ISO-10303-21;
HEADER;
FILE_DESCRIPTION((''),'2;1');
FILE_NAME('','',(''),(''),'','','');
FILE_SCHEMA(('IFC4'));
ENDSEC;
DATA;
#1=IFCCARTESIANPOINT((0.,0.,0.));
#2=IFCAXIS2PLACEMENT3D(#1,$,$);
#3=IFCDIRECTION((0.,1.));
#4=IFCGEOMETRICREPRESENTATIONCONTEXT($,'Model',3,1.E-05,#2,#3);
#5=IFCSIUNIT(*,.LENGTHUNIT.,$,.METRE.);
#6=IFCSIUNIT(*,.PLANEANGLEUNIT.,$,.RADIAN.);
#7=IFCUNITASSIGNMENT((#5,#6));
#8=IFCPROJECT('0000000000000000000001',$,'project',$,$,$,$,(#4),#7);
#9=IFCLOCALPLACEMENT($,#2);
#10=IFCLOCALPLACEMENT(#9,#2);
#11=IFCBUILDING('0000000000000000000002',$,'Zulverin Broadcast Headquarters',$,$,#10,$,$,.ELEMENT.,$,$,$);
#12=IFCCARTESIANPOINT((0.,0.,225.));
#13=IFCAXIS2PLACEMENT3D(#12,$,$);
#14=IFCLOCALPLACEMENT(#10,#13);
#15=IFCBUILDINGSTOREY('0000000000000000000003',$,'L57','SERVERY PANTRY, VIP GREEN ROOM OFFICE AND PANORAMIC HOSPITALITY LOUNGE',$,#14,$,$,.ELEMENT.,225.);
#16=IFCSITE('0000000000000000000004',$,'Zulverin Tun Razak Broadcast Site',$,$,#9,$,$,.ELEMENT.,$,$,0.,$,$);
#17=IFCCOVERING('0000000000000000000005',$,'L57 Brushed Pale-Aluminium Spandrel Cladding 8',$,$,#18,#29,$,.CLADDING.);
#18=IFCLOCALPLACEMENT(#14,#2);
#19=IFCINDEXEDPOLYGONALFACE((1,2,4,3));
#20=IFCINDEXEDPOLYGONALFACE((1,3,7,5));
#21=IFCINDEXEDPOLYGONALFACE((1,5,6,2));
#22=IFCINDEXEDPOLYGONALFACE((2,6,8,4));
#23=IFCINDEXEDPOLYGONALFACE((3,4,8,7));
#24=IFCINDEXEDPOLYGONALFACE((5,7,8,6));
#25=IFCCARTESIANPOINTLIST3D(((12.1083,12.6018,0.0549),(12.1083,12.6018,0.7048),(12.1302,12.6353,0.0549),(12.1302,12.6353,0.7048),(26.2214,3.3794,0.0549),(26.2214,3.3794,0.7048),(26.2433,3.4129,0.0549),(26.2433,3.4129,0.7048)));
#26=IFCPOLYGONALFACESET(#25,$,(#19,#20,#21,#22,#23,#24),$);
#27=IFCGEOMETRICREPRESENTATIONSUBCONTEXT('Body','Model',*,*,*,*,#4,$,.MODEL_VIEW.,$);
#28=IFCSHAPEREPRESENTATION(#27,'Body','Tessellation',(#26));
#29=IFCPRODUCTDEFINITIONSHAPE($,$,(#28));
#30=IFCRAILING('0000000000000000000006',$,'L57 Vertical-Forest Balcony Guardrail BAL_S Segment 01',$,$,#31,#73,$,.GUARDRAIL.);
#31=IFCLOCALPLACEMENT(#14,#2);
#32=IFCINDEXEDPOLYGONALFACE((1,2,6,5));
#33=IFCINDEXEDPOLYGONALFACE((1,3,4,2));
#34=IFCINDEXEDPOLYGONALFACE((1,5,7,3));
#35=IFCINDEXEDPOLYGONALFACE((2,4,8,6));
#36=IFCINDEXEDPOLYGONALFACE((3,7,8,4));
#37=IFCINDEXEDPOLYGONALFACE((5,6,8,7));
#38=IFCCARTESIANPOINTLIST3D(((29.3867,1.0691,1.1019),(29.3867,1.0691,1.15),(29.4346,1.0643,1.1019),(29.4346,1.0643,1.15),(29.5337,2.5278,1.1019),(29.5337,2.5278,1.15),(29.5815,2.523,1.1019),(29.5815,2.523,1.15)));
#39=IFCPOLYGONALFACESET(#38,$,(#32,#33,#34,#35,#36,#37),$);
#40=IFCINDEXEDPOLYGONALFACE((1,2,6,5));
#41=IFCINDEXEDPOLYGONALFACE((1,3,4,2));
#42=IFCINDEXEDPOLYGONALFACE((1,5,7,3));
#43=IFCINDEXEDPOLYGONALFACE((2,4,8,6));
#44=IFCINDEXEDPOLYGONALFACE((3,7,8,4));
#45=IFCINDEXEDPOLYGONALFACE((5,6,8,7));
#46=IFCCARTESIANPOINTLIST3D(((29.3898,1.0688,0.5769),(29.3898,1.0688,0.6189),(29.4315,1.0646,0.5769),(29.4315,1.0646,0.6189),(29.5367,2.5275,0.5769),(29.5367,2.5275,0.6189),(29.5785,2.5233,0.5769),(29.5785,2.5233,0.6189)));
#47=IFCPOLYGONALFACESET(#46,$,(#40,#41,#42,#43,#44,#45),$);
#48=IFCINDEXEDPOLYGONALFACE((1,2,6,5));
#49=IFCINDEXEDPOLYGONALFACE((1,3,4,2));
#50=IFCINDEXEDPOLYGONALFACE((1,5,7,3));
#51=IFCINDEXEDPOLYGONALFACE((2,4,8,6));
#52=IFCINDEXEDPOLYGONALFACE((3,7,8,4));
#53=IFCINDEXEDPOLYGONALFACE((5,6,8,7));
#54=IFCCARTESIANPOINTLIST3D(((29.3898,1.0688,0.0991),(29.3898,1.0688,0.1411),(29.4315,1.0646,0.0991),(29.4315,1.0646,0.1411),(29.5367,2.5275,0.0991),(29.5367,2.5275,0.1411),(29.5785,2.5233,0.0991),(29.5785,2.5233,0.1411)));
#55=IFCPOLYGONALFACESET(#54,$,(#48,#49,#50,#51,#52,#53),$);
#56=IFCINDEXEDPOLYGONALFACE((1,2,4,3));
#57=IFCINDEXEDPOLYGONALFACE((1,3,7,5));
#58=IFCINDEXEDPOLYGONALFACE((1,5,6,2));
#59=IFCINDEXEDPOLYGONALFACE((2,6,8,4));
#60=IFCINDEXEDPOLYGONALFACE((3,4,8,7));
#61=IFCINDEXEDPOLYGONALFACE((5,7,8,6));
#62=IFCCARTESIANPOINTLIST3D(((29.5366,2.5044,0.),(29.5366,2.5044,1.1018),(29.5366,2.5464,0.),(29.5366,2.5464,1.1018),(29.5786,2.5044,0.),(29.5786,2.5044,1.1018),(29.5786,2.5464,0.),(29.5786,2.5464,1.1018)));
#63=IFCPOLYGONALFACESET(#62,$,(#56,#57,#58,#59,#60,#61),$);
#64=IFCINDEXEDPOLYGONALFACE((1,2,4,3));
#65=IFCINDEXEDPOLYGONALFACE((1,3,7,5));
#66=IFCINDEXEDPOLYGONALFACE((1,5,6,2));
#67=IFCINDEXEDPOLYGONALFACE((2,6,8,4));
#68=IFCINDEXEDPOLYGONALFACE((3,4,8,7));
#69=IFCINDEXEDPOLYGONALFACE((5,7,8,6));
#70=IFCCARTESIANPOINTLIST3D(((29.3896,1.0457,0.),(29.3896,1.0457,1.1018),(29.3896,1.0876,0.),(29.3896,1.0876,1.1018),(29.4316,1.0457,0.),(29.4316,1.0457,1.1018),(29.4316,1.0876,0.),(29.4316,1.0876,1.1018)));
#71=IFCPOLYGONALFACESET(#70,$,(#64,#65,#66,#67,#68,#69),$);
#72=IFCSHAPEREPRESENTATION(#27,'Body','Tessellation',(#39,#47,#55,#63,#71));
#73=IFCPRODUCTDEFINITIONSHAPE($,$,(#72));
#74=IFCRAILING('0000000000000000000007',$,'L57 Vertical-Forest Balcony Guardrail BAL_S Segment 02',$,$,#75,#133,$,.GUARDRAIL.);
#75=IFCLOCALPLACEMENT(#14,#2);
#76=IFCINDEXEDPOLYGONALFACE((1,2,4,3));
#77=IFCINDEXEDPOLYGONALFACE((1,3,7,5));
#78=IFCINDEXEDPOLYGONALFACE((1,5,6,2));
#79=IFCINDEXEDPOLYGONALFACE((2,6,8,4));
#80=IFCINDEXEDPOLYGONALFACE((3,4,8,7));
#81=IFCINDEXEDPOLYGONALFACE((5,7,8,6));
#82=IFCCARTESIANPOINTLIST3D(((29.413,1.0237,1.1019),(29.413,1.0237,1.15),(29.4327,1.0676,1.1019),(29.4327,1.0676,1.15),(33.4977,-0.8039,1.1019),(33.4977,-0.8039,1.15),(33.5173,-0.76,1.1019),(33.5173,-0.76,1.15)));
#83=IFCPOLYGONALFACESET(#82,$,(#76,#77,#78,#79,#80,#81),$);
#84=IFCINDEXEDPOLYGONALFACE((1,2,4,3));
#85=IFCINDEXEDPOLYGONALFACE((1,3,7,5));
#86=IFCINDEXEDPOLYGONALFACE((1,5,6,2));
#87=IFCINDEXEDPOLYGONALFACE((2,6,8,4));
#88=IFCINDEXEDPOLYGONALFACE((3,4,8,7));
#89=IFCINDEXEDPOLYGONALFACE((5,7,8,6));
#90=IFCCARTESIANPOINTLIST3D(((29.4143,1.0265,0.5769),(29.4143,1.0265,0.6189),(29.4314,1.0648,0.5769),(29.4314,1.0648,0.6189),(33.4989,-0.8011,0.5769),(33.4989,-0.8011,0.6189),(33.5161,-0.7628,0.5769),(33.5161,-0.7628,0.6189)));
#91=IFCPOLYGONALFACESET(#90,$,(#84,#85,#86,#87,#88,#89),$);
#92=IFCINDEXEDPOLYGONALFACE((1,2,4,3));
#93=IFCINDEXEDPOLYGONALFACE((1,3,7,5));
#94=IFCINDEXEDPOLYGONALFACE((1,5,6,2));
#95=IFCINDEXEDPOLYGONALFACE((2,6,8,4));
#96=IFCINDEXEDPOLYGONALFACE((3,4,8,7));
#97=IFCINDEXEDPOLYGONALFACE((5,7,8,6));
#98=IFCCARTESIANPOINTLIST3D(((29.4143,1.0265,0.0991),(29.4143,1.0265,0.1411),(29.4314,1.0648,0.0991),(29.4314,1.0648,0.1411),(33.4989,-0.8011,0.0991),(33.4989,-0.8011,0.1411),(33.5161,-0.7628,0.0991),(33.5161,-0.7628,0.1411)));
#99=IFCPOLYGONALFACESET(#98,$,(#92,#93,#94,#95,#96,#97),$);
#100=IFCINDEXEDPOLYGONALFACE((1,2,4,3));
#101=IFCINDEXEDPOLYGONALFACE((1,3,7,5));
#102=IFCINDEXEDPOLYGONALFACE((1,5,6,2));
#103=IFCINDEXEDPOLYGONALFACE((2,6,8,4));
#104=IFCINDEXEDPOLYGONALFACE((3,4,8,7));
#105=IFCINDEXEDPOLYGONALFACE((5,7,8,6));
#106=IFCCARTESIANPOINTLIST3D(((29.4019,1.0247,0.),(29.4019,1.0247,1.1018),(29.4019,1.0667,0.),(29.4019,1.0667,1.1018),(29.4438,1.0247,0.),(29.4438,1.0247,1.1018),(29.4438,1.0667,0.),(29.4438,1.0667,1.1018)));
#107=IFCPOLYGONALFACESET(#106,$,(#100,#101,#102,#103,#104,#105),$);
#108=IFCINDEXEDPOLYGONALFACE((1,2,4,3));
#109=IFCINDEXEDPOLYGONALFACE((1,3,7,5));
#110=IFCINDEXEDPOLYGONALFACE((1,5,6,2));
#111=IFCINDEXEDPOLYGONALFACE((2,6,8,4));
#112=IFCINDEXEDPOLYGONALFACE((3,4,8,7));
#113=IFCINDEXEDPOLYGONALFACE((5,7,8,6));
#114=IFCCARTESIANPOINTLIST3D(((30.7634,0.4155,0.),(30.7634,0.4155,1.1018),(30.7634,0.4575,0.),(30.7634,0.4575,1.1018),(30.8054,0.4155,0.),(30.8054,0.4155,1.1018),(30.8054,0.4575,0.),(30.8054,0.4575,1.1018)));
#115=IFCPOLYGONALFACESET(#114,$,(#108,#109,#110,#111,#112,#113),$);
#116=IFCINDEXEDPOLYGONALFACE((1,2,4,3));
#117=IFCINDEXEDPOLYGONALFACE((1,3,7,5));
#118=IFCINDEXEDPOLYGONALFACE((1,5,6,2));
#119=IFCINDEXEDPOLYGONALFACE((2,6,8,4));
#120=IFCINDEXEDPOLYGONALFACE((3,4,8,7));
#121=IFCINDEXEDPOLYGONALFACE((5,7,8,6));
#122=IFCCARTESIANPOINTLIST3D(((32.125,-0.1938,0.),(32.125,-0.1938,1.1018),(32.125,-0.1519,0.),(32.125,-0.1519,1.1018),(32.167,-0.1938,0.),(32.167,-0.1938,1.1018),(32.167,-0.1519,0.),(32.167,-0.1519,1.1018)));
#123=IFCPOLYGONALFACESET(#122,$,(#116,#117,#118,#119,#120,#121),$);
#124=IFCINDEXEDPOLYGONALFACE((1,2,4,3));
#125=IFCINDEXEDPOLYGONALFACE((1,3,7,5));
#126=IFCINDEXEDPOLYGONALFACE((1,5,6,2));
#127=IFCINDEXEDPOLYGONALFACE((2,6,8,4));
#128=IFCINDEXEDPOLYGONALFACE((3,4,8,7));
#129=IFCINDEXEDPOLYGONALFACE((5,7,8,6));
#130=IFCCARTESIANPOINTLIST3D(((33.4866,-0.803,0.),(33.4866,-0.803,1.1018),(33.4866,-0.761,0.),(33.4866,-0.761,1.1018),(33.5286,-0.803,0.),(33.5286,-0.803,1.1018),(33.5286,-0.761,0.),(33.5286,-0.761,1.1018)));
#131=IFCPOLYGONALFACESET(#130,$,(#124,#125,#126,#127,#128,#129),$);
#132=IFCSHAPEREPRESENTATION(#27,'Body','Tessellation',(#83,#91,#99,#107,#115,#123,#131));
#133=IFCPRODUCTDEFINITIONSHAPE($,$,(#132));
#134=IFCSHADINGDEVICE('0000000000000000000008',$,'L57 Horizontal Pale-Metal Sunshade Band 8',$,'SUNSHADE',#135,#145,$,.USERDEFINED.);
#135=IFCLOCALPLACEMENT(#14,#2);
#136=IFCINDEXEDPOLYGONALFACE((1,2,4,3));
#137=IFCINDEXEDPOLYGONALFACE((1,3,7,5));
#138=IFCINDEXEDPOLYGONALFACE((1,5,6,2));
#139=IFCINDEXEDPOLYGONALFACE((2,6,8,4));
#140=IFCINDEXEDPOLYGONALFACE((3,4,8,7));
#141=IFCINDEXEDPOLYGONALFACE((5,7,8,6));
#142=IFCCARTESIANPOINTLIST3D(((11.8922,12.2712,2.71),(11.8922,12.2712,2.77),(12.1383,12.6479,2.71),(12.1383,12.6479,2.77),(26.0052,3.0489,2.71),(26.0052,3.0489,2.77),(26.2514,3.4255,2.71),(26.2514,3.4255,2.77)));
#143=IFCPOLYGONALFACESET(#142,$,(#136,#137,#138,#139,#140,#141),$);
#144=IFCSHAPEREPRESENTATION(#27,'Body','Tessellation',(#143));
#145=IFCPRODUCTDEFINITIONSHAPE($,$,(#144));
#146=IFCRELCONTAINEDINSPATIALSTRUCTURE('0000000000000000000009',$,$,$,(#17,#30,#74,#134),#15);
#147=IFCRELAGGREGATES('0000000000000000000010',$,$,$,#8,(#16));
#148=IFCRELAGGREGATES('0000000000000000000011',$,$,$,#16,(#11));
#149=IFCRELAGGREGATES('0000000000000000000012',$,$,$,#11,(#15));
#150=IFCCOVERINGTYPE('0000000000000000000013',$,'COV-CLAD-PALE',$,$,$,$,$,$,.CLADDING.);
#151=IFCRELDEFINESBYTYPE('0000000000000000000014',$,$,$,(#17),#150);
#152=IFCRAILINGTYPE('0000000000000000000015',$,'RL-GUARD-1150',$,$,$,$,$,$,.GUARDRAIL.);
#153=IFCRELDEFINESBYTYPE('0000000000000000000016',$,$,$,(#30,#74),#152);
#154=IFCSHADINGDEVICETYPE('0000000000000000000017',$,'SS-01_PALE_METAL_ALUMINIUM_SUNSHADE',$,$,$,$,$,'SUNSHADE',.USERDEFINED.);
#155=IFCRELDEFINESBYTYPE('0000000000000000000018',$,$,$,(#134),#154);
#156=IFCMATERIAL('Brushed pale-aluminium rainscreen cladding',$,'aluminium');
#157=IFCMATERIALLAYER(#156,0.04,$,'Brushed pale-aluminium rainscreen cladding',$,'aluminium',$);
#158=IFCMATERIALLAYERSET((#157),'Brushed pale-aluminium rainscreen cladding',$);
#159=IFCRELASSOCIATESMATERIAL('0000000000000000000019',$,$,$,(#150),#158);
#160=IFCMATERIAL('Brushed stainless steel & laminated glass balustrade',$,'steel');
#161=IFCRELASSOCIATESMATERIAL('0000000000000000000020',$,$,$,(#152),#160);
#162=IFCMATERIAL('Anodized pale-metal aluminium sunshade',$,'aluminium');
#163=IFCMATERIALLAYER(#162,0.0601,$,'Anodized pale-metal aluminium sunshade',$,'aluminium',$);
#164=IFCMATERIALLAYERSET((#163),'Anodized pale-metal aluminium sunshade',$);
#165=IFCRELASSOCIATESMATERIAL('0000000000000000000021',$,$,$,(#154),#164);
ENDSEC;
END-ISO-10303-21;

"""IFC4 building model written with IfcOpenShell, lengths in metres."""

from ifc_helpers import new_model, si_unit, direction, frame, origin, origin_2d, place, context, subcontext, project, spatial, rectangle, extrude, material, layer, layer_set, type_object, element, save


model = new_model("IFC4")

# Units and contexts
model_context = context("Model", 3, precision=1e-05, world=origin(), true_north=direction((0.0, 1.0)))
body_context = subcontext(model_context, "Body", "Model", "MODEL_VIEW")
ifc_project = project(units=[si_unit("LENGTHUNIT", "METRE"), si_unit("PLANEANGLEUNIT", "RADIAN")], contexts=[model_context])

# Site, building, storey
site_placement = place(None, origin())
site = spatial("IfcSite", under=ifc_project, at=site_placement, Name="Zulverin Tun Razak Broadcast Site", CompositionType="ELEMENT", RefElevation=0.0)
building_placement = place(site_placement, origin())
building = spatial("IfcBuilding", under=site, at=building_placement, Name="Zulverin Broadcast Headquarters", CompositionType="ELEMENT")
storey_placement = place(building_placement, frame((0.0, 0.0, 225.0)))
storey = spatial("IfcBuildingStorey", under=building, at=storey_placement, Name="L57", Description="SERVERY PANTRY, VIP GREEN ROOM OFFICE AND PANORAMIC HOSPITALITY LOUNGE", CompositionType="ELEMENT", Elevation=225.0)

# Covering
ifc_material_1 = material(Name="Brushed pale-aluminium rainscreen cladding", Category="aluminium")
ifc_layer_1 = layer(ifc_material_1, 0.04, Name="Brushed pale-aluminium rainscreen cladding", Category="aluminium")
ifc_layer_set_1 = layer_set([ifc_layer_1], Name="Brushed pale-aluminium rainscreen cladding")
covering_type = type_object("IfcCoveringType", Name="COV-CLAD-PALE", PredefinedType="CLADDING", material=ifc_layer_set_1)
covering_placement = place(storey_placement, frame((19.1758, 8.0073, 0.0549), z_axis=(0.0, 0.0, 1.0), x_axis=(0.837116, -0.547026, 0.0)))
element("IfcCovering", 1, at=covering_placement, inside=storey, type_object=covering_type, Name="L57 Brushed Pale-Aluminium Spandrel Cladding 8", PredefinedType="CLADDING", context=body_context, shape_type="SweptSolid", body=[
    extrude(rectangle(XDim=16.8591, YDim=0.04, at=origin_2d()), origin(), (0.0, 0.0, 1.0), 0.6499),
])

# Railings
ifc_material_2 = material(Name="Brushed stainless steel & laminated glass balustrade", Category="steel")
railing_type = type_object("IfcRailingType", Name="RL-GUARD-1150", PredefinedType="GUARDRAIL", material=ifc_material_2)
railing_1_placement = place(storey_placement, frame((29.5576, 2.5254, 0.0)))
element("IfcRailing", 2, at=railing_1_placement, inside=storey, type_object=railing_type, Name="L57 Vertical-Forest Balcony Guardrail BAL_S Segment 01", PredefinedType="GUARDRAIL", context=body_context, shape_type="SweptSolid", body=[
    extrude(rectangle(XDim=0.0481, YDim=0.0481, at=origin_2d()), frame((0.0, 0.0, 1.126), z_axis=(-0.100246, -0.994963, 0.0), x_axis=(0.994963, -0.100246, 0.0)), (0.0, 0.0, 1.0), 1.4661),
    extrude(rectangle(XDim=0.042, YDim=0.042, at=origin_2d()), frame((0.0, 0.0, 0.5979), z_axis=(-0.100246, -0.994963, 0.0), x_axis=(0.994963, -0.100246, 0.0)), (0.0, 0.0, 1.0), 1.4661),
    extrude(rectangle(XDim=0.042, YDim=0.042, at=origin_2d()), frame((0.0, 0.0, 0.1201), z_axis=(-0.100246, -0.994963, 0.0), x_axis=(0.994963, -0.100246, 0.0)), (0.0, 0.0, 1.0), 1.4661),
    extrude(rectangle(XDim=0.042, YDim=0.042, at=origin_2d()), origin(), (0.0, 0.0, 1.0), 1.1018),
    extrude(rectangle(XDim=0.042, YDim=0.042, at=origin_2d()), frame((-0.147, -1.4587, 0.0)), (0.0, 0.0, 1.0), 1.1018),
])
railing_2_placement = place(storey_placement, frame((29.4229, 1.0457, 0.0)))
element("IfcRailing", 3, at=railing_2_placement, inside=storey, type_object=railing_type, Name="L57 Vertical-Forest Balcony Guardrail BAL_S Segment 02", PredefinedType="GUARDRAIL", context=body_context, shape_type="SweptSolid", body=[
    extrude(rectangle(XDim=0.0481, YDim=0.0481, at=origin_2d()), frame((0.0, 0.0, 1.126), z_axis=(0.912796, -0.408415, 0.0), x_axis=(0.408415, 0.912796, 0.0)), (0.0, 0.0, 1.0), 4.4749),
    extrude(rectangle(XDim=0.042, YDim=0.042, at=origin_2d()), frame((0.0, 0.0, 0.5979), z_axis=(0.912796, -0.408415, 0.0), x_axis=(0.408415, 0.912796, 0.0)), (0.0, 0.0, 1.0), 4.4749),
    extrude(rectangle(XDim=0.042, YDim=0.042, at=origin_2d()), frame((0.0, 0.0, 0.1201), z_axis=(0.912796, -0.408415, 0.0), x_axis=(0.408415, 0.912796, 0.0)), (0.0, 0.0, 1.0), 4.4749),
    extrude(rectangle(XDim=0.042, YDim=0.042, at=origin_2d()), origin(), (0.0, 0.0, 1.0), 1.1018),
    extrude(rectangle(XDim=0.042, YDim=0.042, at=origin_2d()), frame((1.3616, -0.6091, 0.0)), (0.0, 0.0, 1.0), 1.1018),
    extrude(rectangle(XDim=0.042, YDim=0.042, at=origin_2d()), frame((2.7231, -1.2185, 0.0)), (0.0, 0.0, 1.0), 1.1018),
    extrude(rectangle(XDim=0.042, YDim=0.042, at=origin_2d()), frame((4.0847, -1.8276, 0.0)), (0.0, 0.0, 1.0), 1.1018),
])

# Shading device
ifc_material_3 = material(Name="Anodized pale-metal aluminium sunshade", Category="aluminium")
ifc_layer_2 = layer(ifc_material_3, 0.0601, Name="Anodized pale-metal aluminium sunshade", Category="aluminium")
ifc_layer_set_2 = layer_set([ifc_layer_2], Name="Anodized pale-metal aluminium sunshade")
shading_device_type = type_object("IfcShadingDeviceType", Name="SS-01_PALE_METAL_ALUMINIUM_SUNSHADE", ElementType="SUNSHADE", PredefinedType="USERDEFINED", material=ifc_layer_set_2)
shading_device_placement = place(storey_placement, frame((19.0718, 7.8484, 2.71), z_axis=(0.0, 0.0, 1.0), x_axis=(0.837116, -0.547026, 0.0)))
element("IfcShadingDevice", 4, at=shading_device_placement, inside=storey, type_object=shading_device_type, Name="L57 Horizontal Pale-Metal Sunshade Band 8", ObjectType="SUNSHADE", PredefinedType="USERDEFINED", context=body_context, shape_type="SweptSolid", body=[
    extrude(rectangle(XDim=16.8591, YDim=0.45, at=origin_2d()), origin(), (0.0, 0.0, 1.0), 0.0601),
])

save(model, "model.ifc")
